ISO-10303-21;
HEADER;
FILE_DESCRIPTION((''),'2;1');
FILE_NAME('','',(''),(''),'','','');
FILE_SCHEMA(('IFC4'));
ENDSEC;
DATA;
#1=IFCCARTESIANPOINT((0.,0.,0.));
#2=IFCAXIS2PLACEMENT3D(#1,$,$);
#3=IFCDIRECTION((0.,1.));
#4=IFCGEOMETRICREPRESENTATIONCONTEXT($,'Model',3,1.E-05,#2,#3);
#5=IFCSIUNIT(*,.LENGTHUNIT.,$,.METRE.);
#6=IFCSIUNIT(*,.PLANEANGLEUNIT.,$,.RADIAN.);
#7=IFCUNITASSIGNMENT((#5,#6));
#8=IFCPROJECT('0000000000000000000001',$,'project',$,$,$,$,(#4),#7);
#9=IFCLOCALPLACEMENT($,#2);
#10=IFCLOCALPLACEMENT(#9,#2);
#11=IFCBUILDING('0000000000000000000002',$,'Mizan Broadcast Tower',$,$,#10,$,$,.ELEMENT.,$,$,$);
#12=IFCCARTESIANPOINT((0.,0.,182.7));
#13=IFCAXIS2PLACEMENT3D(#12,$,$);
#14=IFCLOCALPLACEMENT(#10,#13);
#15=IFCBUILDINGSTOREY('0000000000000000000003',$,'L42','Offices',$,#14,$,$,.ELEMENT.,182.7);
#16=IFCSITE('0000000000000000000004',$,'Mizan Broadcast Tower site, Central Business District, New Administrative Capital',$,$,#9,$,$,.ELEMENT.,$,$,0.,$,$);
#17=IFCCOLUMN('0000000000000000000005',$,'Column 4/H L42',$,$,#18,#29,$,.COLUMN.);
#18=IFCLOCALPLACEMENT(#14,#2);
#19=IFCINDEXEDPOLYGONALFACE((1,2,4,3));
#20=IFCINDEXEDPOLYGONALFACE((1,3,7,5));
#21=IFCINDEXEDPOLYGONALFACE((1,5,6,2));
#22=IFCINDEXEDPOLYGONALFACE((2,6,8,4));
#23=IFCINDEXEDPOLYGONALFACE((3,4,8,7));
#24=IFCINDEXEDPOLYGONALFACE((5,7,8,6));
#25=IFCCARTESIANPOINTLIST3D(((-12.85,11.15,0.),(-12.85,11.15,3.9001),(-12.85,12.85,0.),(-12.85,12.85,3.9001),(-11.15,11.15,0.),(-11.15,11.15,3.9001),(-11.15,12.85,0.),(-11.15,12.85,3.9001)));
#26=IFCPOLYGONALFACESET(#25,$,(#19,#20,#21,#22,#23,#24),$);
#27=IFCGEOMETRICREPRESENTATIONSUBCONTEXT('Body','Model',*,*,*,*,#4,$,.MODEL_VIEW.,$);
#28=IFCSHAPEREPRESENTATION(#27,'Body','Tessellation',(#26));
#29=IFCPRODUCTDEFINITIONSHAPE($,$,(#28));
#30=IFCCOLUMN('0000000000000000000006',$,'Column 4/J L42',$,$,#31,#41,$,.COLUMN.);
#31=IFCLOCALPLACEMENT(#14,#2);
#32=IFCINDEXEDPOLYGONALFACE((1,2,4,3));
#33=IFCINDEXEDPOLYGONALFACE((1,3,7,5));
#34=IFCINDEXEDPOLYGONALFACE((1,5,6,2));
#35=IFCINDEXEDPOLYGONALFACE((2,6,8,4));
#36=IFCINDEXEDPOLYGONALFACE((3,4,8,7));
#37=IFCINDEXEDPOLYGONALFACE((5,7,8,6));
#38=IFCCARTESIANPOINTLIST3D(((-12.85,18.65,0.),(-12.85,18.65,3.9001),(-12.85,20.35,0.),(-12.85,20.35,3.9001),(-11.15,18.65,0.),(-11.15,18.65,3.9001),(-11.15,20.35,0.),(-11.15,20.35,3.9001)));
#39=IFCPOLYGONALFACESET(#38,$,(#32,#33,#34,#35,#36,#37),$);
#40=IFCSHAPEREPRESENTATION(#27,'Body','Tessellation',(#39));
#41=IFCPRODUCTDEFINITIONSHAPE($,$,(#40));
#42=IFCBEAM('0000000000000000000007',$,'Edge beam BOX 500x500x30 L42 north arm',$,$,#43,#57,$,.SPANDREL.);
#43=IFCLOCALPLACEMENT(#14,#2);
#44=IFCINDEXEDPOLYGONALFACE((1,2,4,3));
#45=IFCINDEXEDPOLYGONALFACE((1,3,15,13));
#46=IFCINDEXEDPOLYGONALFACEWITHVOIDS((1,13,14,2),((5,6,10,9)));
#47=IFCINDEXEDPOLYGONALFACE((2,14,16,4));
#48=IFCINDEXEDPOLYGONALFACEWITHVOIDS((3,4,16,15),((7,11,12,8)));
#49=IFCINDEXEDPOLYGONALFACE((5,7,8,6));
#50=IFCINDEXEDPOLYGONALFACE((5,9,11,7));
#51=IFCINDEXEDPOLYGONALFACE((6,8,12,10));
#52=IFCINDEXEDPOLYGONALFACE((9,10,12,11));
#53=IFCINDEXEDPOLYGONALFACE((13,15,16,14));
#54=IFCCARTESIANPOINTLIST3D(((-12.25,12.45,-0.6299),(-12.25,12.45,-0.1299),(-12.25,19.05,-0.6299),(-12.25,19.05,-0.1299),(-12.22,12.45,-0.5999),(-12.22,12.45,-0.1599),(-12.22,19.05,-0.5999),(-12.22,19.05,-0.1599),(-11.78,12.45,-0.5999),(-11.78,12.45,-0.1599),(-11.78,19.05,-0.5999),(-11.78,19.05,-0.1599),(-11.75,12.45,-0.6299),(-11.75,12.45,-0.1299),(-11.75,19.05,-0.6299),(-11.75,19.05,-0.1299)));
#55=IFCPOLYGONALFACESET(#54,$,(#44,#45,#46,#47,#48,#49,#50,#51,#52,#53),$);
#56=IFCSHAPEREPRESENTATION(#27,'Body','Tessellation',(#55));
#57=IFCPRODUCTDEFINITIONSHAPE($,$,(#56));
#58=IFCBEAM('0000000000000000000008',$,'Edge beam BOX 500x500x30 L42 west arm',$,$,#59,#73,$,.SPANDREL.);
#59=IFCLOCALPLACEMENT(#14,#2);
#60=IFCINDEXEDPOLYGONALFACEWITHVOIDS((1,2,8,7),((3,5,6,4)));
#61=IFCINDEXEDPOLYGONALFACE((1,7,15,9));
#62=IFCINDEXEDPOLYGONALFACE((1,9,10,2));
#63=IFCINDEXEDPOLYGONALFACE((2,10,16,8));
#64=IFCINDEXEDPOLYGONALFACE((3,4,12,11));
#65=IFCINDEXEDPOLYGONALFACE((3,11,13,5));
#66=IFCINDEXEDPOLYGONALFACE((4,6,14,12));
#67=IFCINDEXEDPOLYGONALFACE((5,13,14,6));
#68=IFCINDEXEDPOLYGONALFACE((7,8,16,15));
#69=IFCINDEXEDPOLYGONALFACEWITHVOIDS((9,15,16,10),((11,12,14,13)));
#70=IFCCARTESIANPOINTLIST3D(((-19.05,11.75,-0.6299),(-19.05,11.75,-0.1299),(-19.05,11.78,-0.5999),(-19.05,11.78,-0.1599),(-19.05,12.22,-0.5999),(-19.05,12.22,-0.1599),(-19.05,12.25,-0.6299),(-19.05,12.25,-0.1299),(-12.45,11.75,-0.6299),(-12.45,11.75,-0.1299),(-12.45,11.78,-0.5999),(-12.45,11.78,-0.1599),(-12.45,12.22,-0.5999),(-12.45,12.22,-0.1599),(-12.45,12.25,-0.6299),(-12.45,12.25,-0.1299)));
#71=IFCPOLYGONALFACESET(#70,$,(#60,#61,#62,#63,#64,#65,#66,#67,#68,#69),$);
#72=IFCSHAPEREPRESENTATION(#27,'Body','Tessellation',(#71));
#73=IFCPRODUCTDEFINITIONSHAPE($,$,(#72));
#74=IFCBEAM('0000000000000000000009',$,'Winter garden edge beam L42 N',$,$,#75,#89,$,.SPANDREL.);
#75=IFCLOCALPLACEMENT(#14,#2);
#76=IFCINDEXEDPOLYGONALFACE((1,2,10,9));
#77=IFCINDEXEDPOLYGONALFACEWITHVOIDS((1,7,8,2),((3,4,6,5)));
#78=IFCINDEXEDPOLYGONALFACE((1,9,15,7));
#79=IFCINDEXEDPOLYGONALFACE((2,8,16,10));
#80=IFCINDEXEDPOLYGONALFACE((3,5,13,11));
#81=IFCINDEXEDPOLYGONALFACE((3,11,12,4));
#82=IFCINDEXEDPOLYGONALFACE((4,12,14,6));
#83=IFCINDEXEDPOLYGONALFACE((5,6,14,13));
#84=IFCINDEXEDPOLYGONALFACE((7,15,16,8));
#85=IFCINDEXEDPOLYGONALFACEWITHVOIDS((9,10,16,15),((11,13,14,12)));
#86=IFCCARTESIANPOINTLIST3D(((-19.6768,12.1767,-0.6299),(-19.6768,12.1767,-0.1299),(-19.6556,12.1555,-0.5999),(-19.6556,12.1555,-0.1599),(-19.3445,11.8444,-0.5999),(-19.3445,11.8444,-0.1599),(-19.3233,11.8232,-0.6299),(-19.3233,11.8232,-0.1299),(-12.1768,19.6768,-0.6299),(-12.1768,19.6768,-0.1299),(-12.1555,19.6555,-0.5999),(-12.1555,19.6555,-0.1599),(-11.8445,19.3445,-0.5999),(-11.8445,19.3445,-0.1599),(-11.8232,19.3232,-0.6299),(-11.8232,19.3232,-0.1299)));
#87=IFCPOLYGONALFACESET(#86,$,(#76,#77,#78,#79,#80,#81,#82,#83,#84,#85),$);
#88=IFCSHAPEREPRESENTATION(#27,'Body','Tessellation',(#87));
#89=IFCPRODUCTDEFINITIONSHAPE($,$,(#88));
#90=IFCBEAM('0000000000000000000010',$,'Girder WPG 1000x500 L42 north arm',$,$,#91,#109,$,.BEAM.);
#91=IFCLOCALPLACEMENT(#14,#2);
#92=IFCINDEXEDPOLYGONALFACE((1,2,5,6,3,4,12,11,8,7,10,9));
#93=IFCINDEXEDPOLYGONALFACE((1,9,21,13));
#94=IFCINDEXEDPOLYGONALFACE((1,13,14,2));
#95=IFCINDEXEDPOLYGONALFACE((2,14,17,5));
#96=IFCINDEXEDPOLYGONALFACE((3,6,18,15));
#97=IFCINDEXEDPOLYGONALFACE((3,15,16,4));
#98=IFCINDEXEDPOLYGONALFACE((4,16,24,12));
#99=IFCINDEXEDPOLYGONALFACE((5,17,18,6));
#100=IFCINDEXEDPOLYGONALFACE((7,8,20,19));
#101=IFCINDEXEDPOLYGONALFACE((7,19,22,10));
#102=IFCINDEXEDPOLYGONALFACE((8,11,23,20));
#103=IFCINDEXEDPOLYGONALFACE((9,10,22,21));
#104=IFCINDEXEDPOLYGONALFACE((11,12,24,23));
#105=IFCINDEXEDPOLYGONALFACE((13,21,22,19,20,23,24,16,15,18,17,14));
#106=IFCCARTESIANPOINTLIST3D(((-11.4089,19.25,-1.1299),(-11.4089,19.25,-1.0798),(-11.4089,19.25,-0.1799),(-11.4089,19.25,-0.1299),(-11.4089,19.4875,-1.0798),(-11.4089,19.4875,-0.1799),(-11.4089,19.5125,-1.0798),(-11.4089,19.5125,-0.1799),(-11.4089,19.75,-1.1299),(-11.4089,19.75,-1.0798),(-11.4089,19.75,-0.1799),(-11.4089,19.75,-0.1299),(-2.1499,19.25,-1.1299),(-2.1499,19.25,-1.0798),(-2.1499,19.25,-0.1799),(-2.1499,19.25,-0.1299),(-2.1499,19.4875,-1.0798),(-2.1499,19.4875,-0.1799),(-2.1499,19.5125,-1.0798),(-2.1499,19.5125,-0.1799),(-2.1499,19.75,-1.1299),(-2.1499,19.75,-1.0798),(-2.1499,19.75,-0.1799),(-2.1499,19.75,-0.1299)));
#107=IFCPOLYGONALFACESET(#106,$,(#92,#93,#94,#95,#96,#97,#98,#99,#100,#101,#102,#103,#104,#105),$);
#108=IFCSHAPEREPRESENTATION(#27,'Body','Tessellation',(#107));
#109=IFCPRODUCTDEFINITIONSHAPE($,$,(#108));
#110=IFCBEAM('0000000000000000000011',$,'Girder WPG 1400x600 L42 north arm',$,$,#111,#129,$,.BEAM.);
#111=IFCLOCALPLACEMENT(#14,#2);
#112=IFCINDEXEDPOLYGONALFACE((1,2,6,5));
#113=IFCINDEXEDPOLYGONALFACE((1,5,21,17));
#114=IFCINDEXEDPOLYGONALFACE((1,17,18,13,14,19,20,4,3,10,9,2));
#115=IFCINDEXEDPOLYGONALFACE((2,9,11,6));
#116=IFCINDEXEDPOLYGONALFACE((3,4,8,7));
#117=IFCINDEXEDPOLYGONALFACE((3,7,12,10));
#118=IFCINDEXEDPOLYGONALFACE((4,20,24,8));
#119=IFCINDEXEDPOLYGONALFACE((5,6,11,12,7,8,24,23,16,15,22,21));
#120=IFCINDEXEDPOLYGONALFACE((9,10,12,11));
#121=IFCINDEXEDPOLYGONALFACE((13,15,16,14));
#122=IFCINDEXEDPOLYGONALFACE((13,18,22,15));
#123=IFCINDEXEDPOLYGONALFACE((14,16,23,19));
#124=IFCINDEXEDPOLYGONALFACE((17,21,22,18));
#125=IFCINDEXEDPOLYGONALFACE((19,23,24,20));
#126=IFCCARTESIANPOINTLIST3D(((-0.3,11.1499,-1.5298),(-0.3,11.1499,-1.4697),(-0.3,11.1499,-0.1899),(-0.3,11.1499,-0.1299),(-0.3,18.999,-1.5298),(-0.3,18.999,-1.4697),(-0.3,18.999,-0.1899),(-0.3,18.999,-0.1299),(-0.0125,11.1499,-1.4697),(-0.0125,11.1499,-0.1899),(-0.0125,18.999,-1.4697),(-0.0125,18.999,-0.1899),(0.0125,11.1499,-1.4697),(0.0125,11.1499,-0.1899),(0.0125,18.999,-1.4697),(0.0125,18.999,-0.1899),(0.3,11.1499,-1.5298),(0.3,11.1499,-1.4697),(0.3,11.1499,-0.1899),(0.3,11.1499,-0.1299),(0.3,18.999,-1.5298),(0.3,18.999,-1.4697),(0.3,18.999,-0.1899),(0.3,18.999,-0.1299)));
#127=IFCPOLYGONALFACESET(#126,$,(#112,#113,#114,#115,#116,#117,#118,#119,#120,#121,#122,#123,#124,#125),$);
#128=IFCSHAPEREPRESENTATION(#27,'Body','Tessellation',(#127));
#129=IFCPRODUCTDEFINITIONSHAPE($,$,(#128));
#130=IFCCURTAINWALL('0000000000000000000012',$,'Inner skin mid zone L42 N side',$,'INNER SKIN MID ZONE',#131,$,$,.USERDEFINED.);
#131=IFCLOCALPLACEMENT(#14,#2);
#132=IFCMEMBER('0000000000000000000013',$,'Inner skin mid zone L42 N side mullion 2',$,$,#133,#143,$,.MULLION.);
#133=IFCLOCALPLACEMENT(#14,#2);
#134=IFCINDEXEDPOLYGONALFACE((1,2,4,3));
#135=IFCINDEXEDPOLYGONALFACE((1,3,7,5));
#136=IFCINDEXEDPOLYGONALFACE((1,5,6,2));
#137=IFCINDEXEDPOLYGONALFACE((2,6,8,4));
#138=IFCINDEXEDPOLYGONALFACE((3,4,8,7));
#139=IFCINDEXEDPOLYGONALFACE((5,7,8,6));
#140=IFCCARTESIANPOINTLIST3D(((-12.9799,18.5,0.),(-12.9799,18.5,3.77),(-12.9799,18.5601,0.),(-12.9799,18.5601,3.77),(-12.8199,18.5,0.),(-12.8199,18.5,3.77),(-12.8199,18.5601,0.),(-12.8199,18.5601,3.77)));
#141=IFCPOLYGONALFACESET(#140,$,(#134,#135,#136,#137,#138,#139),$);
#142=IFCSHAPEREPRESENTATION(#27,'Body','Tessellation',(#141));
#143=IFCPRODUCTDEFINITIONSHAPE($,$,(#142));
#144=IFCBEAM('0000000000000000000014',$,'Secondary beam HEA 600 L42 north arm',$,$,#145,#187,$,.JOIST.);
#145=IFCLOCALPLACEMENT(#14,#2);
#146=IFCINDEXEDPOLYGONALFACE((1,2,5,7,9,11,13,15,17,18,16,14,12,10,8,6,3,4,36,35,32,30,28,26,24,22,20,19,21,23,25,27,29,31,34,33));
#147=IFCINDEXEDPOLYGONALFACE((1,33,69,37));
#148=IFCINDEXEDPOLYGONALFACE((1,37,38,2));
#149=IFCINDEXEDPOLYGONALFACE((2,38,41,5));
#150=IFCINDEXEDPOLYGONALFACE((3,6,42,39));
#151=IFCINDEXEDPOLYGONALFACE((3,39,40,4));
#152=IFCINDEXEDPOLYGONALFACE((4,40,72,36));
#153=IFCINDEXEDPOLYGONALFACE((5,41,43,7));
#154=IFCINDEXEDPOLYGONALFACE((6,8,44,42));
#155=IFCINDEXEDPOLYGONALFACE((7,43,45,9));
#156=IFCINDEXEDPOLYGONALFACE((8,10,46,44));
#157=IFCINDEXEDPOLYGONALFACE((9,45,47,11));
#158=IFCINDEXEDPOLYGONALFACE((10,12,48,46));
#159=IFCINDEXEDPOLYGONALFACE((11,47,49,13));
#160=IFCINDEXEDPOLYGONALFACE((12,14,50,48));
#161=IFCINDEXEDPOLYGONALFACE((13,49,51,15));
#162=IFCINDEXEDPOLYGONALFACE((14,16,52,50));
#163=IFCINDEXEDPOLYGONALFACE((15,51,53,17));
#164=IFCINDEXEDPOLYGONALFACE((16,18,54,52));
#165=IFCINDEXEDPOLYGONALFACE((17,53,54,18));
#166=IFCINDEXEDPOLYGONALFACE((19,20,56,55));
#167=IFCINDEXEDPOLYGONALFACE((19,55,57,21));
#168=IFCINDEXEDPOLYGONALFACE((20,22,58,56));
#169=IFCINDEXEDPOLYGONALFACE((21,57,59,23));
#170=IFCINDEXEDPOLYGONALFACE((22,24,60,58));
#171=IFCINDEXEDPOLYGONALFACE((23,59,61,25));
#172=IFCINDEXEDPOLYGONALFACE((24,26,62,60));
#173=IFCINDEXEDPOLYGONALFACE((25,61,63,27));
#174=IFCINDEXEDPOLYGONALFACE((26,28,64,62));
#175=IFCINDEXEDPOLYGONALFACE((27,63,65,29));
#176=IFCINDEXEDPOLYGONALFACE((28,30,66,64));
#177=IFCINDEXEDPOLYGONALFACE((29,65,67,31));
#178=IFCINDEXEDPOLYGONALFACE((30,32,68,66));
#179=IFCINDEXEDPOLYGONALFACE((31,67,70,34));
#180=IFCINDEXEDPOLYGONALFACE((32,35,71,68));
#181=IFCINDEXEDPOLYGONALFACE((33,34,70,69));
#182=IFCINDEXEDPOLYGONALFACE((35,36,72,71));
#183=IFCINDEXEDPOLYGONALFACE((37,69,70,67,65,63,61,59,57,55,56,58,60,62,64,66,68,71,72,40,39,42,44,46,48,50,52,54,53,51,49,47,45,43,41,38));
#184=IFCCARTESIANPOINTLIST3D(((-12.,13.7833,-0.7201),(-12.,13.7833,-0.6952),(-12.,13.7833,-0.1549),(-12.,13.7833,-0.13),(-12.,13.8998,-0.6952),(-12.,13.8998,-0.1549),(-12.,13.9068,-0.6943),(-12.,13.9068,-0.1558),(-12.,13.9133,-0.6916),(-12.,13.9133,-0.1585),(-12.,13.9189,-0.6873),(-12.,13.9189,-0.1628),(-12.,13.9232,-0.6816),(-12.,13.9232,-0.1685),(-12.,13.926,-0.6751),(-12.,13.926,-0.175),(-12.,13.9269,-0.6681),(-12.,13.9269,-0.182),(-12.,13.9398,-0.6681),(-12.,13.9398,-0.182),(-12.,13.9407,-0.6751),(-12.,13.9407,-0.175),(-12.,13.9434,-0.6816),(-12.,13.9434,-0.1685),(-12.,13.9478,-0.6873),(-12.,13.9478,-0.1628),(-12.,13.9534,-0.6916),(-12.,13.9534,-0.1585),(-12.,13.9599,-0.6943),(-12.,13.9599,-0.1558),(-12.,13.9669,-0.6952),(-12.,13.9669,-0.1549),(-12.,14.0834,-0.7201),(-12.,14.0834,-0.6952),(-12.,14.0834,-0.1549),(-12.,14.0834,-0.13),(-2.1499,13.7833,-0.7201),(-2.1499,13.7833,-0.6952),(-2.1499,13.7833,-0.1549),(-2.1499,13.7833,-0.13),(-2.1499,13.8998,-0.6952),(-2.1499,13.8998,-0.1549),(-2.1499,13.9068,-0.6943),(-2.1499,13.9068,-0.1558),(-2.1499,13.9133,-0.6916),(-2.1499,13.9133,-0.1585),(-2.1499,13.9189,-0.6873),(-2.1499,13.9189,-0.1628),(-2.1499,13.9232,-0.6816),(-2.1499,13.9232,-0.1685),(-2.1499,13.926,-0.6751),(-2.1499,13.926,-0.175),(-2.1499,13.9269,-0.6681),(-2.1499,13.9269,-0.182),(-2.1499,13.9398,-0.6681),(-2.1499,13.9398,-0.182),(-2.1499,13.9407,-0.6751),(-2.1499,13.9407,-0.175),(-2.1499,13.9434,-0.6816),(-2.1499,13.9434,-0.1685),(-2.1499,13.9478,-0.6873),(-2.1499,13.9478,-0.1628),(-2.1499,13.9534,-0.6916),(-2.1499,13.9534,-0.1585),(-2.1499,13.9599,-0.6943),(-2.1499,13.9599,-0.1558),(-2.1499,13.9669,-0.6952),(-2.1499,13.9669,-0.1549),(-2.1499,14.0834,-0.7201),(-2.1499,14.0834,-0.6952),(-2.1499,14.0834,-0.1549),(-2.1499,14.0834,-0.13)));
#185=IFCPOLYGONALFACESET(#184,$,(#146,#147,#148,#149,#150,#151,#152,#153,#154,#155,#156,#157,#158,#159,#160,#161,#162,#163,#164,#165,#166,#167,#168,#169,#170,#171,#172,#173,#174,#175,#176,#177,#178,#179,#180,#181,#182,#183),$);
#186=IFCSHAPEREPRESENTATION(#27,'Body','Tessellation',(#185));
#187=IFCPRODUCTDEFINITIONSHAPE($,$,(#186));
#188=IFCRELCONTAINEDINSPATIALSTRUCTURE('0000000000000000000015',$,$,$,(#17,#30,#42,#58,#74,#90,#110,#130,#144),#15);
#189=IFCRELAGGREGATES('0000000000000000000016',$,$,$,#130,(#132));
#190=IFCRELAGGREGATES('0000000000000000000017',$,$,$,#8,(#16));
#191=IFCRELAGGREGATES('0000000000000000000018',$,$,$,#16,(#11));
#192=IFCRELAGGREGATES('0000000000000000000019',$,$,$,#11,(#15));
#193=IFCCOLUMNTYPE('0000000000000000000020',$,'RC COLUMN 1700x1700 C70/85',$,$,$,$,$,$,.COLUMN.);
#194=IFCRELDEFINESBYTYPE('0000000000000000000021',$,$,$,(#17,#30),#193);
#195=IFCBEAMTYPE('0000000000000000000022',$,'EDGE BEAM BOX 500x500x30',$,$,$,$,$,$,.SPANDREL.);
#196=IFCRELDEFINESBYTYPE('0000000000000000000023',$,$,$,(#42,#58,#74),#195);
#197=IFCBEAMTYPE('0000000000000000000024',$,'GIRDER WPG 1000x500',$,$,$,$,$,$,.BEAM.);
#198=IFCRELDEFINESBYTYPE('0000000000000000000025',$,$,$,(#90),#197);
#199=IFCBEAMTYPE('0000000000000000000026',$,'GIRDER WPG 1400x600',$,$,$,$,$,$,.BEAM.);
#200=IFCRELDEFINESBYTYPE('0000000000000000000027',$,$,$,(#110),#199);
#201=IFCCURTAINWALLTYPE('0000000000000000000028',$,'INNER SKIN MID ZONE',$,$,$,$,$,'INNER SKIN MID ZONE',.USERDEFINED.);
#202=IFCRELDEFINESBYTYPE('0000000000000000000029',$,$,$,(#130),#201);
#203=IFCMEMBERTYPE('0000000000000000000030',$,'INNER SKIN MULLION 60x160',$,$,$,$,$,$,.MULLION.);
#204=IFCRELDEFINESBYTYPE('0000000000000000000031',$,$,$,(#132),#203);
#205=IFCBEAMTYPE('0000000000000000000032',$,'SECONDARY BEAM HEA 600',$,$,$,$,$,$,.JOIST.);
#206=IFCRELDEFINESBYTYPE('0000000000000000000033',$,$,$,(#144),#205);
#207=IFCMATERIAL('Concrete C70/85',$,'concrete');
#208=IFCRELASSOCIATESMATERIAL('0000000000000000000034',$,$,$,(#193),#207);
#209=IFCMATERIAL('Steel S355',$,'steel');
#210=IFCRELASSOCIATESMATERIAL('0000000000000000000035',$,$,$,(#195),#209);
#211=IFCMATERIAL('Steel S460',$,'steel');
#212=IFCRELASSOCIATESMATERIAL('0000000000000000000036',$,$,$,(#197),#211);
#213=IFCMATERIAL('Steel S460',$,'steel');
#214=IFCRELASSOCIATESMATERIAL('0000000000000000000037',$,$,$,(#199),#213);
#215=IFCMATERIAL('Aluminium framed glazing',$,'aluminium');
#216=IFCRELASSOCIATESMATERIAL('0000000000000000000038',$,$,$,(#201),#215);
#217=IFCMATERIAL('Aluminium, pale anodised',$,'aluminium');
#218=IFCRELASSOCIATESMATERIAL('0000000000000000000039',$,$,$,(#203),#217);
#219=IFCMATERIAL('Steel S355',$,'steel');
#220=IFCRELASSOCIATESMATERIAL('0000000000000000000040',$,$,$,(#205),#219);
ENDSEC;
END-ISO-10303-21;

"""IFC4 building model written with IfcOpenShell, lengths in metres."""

from ifc_helpers import new_model, si_unit, direction, frame, origin, origin_2d, place, context, subcontext, project, spatial, rectangle, hollow_rectangle, i_section, extrude, material, material_profile, profile_set, type_object, element, aggregate, save


model = new_model("IFC4")

# Units and contexts
model_context = context("Model", 3, precision=1e-05, world=origin(), true_north=direction((0.0, 1.0)))
body_context = subcontext(model_context, "Body", "Model", "MODEL_VIEW")
ifc_project = project(units=[si_unit("LENGTHUNIT", "METRE"), si_unit("PLANEANGLEUNIT", "RADIAN")], contexts=[model_context])

# Site, building, storey
site_placement = place(None, origin())
site = spatial("IfcSite", under=ifc_project, at=site_placement, Name="Mizan Broadcast Tower site, Central Business District, New Administrative Capital", CompositionType="ELEMENT", RefElevation=0.0)
building_placement = place(site_placement, origin())
building = spatial("IfcBuilding", under=site, at=building_placement, Name="Mizan Broadcast Tower", CompositionType="ELEMENT")
storey_placement = place(building_placement, frame((0.0, 0.0, 182.7)))
storey = spatial("IfcBuildingStorey", under=building, at=storey_placement, Name="L42", Description="Offices", CompositionType="ELEMENT", Elevation=182.7)

# Columns
ifc_material_1 = material(Name="Concrete C70/85", Category="concrete")
ifc_material_profile_1 = material_profile(ifc_material_1, rectangle(XDim=1.7, YDim=1.7, at=origin_2d()), Name="RC 1700x1700")
ifc_profile_set_1 = profile_set([ifc_material_profile_1], Name="Concrete C70/85")
column_type = type_object("IfcColumnType", Name="RC COLUMN 1700x1700 C70/85", PredefinedType="COLUMN", material=ifc_profile_set_1)
for number, where, z_axis, x_axis, name in (
    (1, (-12.0, 12.0, 0.0), (0.0, 0.0, 1.0), (1.0, 0.0, 0.0), "Column 4/H L42"),
    (2, (-12.0, 19.5, 0.0), (0.0, 0.0, 1.0), (1.0, 0.0, 0.0), "Column 4/J L42"),
):
    element("IfcColumn", number, at=place(storey_placement, frame(where, z_axis=z_axis, x_axis=x_axis)), inside=storey, type_object=column_type, Name=name, PredefinedType="COLUMN", context=body_context, shape_type="SweptSolid", body=[
        extrude(rectangle(XDim=1.7, YDim=1.7, at=origin_2d()), origin(), (0.0, 0.0, 1.0), 3.9001),
    ])

# Beams
ifc_material_2 = material(Name="Steel S355", Category="steel")
ifc_material_profile_2 = material_profile(ifc_material_2, hollow_rectangle(XDim=0.5, YDim=0.5, WallThickness=0.03, at=origin_2d()), Name="BOX 500x500x30")
ifc_profile_set_2 = profile_set([ifc_material_profile_2], Name="Steel S355")
beam_type_1 = type_object("IfcBeamType", Name="EDGE BEAM BOX 500x500x30", PredefinedType="SPANDREL", material=ifc_profile_set_2)
for number, where, z_axis, x_axis, name in (
    (3, (-12.0, 12.45, -0.3799), (0.0, 1.0, 0.0), (-1.0, 0.0, 0.0), "Edge beam BOX 500x500x30 L42 north arm"),
    (4, (-12.45, 12.0, -0.3799), (-1.0, 0.0, 0.0), (0.0, -1.0, 0.0), "Edge beam BOX 500x500x30 L42 west arm"),
):
    element("IfcBeam", number, at=place(storey_placement, frame(where, z_axis=z_axis, x_axis=x_axis)), inside=storey, type_object=beam_type_1, Name=name, PredefinedType="SPANDREL", context=body_context, shape_type="SweptSolid", body=[
        extrude(hollow_rectangle(XDim=0.5, YDim=0.5, WallThickness=0.03, at=origin_2d()), origin(), (0.0, 0.0, 1.0), 6.6001),
    ])
beam_1_placement = place(storey_placement, frame((-12.0, 19.5, -0.3799), z_axis=(-0.707107, -0.707107, 0.0), x_axis=(0.707107, -0.707107, 0.0)))
element("IfcBeam", 5, at=beam_1_placement, inside=storey, type_object=beam_type_1, Name="Winter garden edge beam L42 N", PredefinedType="SPANDREL", context=body_context, shape_type="SweptSolid", body=[
    extrude(hollow_rectangle(XDim=0.5, YDim=0.5, WallThickness=0.03, at=origin_2d()), origin(), (0.0, 0.0, 1.0), 10.6067),
])
ifc_material_3 = material(Name="Steel S460", Category="steel")
ifc_material_profile_3 = material_profile(ifc_material_3, i_section(OverallWidth=0.5, OverallDepth=1.0, WebThickness=0.0249, FlangeThickness=0.05, at=origin_2d()), Name="WPG 1000x500")
ifc_profile_set_3 = profile_set([ifc_material_profile_3], Name="Steel S460")
beam_type_2 = type_object("IfcBeamType", Name="GIRDER WPG 1000x500", PredefinedType="BEAM", material=ifc_profile_set_3)
beam_2_placement = place(storey_placement, frame((-11.4089, 19.5, -0.6299), z_axis=(1.0, 0.0, 0.0), x_axis=(0.0, 1.0, 0.0)))
element("IfcBeam", 6, at=beam_2_placement, inside=storey, type_object=beam_type_2, Name="Girder WPG 1000x500 L42 north arm", PredefinedType="BEAM", context=body_context, shape_type="SweptSolid", body=[
    extrude(i_section(OverallWidth=0.5, OverallDepth=1.0, WebThickness=0.0249, FlangeThickness=0.05, at=origin_2d()), origin(), (0.0, 0.0, 1.0), 9.259),
])
ifc_material_4 = material(Name="Steel S460", Category="steel")
ifc_material_profile_4 = material_profile(ifc_material_4, i_section(OverallWidth=0.6001, OverallDepth=1.3999, WebThickness=0.0249, FlangeThickness=0.0601, at=origin_2d()), Name="WPG 1400x600")
ifc_profile_set_4 = profile_set([ifc_material_profile_4], Name="Steel S460")
beam_type_3 = type_object("IfcBeamType", Name="GIRDER WPG 1400x600", PredefinedType="BEAM", material=ifc_profile_set_4)
beam_3_placement = place(storey_placement, frame((0.0, 11.1499, -0.8298), z_axis=(0.0, 1.0, 0.0), x_axis=(-1.0, 0.0, 0.0)))
element("IfcBeam", 7, at=beam_3_placement, inside=storey, type_object=beam_type_3, Name="Girder WPG 1400x600 L42 north arm", PredefinedType="BEAM", context=body_context, shape_type="SweptSolid", body=[
    extrude(i_section(OverallWidth=0.6001, OverallDepth=1.3999, WebThickness=0.0249, FlangeThickness=0.0601, at=origin_2d()), origin(), (0.0, 0.0, 1.0), 7.8491),
])

# Curtain wall, member
ifc_material_5 = material(Name="Aluminium framed glazing", Category="aluminium")
curtain_wall_type = type_object("IfcCurtainWallType", Name="INNER SKIN MID ZONE", ElementType="INNER SKIN MID ZONE", PredefinedType="USERDEFINED", material=ifc_material_5)
curtain_wall_placement = place(storey_placement, origin())
curtain_wall = element("IfcCurtainWall", 8, at=curtain_wall_placement, inside=storey, type_object=curtain_wall_type, Name="Inner skin mid zone L42 N side", ObjectType="INNER SKIN MID ZONE", PredefinedType="USERDEFINED")
ifc_material_6 = material(Name="Aluminium, pale anodised", Category="aluminium")
ifc_material_profile_5 = material_profile(ifc_material_6, rectangle(XDim=0.1599, YDim=0.0601, at=origin_2d()), Name="MULLION 160x60")
ifc_profile_set_5 = profile_set([ifc_material_profile_5], Name="Aluminium, pale anodised")
member_type = type_object("IfcMemberType", Name="INNER SKIN MULLION 60x160", PredefinedType="MULLION", material=ifc_profile_set_5)
member_placement = place(storey_placement, frame((-12.8999, 18.53, 0.0), z_axis=(0.0, 0.0, 1.0), x_axis=(1.0, 0.0, 0.0)))
member = element("IfcMember", 9, at=member_placement, type_object=member_type, Name="Inner skin mid zone L42 N side mullion 2", PredefinedType="MULLION", context=body_context, shape_type="SweptSolid", body=[
    extrude(rectangle(XDim=0.1599, YDim=0.0601, at=origin_2d()), origin(), (0.0, 0.0, 1.0), 3.77),
])
aggregate(curtain_wall, [member])

# Beam
ifc_material_7 = material(Name="Steel S355", Category="steel")
ifc_material_profile_6 = material_profile(ifc_material_7, i_section(OverallWidth=0.3, OverallDepth=0.5901, WebThickness=0.0129, FlangeThickness=0.0249, FilletRadius=0.0271, at=origin_2d()), Name="HEA 600")
ifc_profile_set_6 = profile_set([ifc_material_profile_6], Name="Steel S355")
beam_type_4 = type_object("IfcBeamType", Name="SECONDARY BEAM HEA 600", PredefinedType="JOIST", material=ifc_profile_set_6)
for number, where, z_axis, x_axis, name in (
    (10, (-12.0, 13.9333, -0.425), (1.0, 0.0, 0.0), (0.0, 1.0, 0.0), "Secondary beam HEA 600 L42 north arm"),
):
    element("IfcBeam", number, at=place(storey_placement, frame(where, z_axis=z_axis, x_axis=x_axis)), inside=storey, type_object=beam_type_4, Name=name, PredefinedType="JOIST", context=body_context, shape_type="SweptSolid", body=[
        extrude(i_section(OverallWidth=0.3, OverallDepth=0.5901, WebThickness=0.0129, FlangeThickness=0.0249, FilletRadius=0.0271, at=origin_2d()), origin(), (0.0, 0.0, 1.0), 9.8501),
    ])

save(model, "model.ifc")
